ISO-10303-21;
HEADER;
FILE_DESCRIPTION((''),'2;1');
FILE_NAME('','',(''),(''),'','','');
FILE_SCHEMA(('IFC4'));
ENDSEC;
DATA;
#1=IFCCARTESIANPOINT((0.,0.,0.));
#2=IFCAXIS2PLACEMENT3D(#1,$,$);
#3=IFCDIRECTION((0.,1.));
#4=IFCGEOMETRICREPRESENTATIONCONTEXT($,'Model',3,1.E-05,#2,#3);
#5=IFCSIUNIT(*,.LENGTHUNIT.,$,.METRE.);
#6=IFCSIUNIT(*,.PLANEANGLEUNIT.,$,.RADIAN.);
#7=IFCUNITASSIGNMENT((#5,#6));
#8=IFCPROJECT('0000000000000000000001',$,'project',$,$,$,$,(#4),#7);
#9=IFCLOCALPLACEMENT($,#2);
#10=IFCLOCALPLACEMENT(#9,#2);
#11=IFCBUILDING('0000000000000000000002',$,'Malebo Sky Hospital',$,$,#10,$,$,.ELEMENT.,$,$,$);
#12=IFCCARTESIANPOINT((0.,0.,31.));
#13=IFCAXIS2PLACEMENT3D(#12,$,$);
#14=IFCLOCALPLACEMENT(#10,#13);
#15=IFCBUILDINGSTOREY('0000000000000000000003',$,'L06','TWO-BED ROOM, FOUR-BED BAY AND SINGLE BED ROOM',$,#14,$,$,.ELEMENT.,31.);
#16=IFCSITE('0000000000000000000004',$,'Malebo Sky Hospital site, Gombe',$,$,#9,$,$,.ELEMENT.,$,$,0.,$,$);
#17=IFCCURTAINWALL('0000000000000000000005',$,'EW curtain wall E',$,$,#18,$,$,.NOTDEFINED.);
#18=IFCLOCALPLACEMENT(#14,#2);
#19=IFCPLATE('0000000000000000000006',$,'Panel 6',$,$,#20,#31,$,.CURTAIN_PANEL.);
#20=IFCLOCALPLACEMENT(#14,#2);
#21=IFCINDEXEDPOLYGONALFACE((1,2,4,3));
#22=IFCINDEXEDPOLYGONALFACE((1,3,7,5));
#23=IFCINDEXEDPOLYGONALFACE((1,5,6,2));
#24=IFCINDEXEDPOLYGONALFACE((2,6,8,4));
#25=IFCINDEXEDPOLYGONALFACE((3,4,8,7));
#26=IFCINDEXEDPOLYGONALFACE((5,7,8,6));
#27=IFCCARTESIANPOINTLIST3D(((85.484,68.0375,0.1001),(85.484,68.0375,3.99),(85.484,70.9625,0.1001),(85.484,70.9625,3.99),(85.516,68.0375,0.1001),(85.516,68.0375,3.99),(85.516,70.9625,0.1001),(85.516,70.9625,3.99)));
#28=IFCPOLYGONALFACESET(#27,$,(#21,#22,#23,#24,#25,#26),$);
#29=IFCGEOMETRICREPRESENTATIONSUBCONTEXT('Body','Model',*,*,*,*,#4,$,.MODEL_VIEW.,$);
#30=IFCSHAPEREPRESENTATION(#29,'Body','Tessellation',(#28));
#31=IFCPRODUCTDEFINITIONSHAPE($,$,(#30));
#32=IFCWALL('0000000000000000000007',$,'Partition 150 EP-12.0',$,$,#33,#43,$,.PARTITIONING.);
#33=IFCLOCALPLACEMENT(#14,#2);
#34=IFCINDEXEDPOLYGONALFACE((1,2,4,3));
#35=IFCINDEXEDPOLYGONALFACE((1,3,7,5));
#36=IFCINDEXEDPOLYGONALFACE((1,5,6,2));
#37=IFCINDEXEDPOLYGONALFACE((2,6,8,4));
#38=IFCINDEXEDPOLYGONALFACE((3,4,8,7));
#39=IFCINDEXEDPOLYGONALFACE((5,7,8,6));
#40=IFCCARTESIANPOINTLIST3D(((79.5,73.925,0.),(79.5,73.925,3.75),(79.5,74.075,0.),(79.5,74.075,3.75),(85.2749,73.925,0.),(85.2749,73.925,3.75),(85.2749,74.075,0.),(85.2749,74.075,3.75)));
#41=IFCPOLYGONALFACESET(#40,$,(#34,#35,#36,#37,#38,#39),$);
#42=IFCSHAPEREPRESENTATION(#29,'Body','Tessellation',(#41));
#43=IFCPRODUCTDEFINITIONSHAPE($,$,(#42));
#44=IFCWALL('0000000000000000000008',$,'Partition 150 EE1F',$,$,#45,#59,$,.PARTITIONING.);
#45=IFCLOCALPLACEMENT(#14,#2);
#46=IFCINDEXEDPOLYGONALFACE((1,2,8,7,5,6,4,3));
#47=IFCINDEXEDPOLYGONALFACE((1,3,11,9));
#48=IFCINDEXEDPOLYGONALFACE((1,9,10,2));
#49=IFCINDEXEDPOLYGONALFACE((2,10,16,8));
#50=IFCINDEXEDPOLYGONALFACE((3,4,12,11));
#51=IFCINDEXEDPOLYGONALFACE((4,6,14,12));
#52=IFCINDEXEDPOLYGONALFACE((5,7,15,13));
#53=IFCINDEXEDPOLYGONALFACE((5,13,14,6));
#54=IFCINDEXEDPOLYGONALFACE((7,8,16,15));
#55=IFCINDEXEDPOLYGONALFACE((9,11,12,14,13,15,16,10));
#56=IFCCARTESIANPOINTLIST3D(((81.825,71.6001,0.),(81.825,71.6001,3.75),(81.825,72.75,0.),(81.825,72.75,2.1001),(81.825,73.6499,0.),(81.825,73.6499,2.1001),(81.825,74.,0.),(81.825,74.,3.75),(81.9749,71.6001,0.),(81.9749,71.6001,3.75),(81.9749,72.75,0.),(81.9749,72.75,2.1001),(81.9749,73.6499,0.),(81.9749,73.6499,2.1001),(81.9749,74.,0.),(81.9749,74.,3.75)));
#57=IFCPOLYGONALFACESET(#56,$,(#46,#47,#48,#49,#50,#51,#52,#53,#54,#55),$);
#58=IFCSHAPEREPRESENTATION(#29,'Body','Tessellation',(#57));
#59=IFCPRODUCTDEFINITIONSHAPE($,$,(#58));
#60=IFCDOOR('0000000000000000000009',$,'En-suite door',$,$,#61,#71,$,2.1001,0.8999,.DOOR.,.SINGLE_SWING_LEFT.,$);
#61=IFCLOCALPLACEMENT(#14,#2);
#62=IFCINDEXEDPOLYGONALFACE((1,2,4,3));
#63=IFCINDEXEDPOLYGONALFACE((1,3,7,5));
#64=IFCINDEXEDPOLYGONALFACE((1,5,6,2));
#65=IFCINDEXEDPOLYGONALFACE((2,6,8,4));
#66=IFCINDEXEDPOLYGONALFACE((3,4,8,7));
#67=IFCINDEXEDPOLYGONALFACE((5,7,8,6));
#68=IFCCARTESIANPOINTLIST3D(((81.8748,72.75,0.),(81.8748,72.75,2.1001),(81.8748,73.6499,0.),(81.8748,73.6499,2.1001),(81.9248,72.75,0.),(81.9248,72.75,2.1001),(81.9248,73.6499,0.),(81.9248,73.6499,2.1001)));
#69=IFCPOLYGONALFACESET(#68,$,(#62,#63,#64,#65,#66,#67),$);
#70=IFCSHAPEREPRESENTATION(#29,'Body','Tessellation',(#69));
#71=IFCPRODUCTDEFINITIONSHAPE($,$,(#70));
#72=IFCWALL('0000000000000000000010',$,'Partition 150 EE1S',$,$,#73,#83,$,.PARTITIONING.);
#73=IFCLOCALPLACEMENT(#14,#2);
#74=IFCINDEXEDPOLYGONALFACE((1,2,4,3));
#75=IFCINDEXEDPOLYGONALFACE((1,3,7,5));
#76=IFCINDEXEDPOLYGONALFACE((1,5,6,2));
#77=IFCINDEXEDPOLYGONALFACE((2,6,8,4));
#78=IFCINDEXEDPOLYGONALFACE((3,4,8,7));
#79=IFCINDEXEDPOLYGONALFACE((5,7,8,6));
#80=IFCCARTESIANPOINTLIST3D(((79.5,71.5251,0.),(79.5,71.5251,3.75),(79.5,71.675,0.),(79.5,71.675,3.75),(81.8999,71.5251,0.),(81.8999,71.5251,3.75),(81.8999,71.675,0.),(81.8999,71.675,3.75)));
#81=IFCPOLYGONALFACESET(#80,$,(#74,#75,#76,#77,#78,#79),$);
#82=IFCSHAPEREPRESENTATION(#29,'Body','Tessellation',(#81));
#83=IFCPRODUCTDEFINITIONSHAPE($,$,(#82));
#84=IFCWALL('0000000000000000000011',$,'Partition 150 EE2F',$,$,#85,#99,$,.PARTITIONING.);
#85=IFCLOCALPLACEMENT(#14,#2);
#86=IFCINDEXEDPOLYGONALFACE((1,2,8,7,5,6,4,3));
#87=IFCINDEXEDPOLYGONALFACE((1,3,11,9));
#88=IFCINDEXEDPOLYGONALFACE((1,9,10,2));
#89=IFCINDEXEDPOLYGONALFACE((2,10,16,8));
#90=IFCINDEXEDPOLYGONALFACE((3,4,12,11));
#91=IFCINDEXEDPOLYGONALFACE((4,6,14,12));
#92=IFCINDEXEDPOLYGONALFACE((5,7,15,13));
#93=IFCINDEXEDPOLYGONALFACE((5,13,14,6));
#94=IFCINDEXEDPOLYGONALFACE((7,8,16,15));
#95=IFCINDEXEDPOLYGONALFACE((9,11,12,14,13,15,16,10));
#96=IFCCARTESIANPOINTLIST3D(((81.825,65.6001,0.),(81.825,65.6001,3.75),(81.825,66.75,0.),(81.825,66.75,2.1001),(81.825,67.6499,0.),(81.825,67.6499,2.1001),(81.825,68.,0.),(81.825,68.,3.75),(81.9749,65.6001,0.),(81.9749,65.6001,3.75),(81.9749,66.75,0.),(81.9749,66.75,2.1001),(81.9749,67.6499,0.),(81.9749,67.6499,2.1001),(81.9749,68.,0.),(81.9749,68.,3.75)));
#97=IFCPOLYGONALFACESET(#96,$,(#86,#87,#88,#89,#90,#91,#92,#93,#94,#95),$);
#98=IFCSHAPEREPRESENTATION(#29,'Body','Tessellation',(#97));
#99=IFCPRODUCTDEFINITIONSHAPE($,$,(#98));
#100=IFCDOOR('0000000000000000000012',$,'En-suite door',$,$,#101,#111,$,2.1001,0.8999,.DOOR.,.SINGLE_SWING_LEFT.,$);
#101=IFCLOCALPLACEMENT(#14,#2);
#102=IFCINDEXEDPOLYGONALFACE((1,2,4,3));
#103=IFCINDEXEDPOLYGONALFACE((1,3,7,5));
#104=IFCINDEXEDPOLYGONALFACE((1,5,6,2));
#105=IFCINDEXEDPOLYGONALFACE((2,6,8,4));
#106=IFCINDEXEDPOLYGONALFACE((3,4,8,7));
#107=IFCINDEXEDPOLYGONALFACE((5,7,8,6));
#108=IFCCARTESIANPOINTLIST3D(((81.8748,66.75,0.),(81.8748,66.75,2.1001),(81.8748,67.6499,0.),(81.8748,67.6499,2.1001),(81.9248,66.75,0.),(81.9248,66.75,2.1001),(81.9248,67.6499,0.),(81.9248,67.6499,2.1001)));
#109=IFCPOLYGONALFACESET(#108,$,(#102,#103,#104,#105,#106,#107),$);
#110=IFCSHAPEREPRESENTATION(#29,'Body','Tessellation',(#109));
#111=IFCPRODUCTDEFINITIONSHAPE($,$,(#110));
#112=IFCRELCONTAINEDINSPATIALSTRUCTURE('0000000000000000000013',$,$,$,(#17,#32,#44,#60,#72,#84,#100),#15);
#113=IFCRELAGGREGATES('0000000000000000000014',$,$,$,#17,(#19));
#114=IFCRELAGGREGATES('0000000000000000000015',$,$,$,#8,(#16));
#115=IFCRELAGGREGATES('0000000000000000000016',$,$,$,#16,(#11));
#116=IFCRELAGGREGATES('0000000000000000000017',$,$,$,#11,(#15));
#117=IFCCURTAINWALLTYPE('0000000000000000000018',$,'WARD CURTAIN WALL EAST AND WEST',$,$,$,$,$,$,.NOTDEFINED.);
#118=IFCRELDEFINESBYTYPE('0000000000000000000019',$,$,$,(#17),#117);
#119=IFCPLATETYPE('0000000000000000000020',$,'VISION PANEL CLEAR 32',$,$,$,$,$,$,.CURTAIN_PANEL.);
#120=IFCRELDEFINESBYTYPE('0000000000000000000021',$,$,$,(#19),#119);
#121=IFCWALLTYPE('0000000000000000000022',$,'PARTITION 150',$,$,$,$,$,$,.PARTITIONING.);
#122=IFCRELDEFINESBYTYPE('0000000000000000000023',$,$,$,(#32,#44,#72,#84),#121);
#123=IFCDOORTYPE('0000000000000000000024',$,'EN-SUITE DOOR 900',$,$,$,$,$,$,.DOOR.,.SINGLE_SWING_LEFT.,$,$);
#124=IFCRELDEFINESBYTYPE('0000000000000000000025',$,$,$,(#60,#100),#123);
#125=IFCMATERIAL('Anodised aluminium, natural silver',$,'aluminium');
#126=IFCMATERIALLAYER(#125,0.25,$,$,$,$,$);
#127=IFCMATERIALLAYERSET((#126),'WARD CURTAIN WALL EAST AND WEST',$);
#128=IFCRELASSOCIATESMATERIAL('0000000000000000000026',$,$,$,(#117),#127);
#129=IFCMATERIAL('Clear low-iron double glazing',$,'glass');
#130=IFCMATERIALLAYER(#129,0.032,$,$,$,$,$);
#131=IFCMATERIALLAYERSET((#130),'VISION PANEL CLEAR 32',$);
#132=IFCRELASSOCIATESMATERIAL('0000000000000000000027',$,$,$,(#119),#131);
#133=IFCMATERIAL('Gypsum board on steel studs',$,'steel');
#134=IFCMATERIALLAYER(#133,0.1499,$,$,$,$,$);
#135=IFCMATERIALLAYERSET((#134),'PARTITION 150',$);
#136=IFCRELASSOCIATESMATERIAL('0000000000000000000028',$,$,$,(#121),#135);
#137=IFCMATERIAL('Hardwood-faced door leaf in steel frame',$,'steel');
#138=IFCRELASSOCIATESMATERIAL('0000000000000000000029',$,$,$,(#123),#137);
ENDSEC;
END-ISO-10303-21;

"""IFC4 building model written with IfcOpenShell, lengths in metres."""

from ifc_helpers import new_model, si_unit, direction, frame, frame_2d, origin, origin_2d, place, context, subcontext, project, spatial, rectangle, extrude, material, layer, layer_set, type_object, element, fill, aggregate, save


model = new_model("IFC4")

# Units and contexts
model_context = context("Model", 3, precision=1e-05, world=origin(), true_north=direction((0.0, 1.0)))
body_context = subcontext(model_context, "Body", "Model", "MODEL_VIEW")
ifc_project = project(units=[si_unit("LENGTHUNIT", "METRE"), si_unit("PLANEANGLEUNIT", "RADIAN")], contexts=[model_context])

# Site, building, storey
site_placement = place(None, origin())
site = spatial("IfcSite", under=ifc_project, at=site_placement, Name="Malebo Sky Hospital site, Gombe", CompositionType="ELEMENT", RefElevation=0.0)
building_placement = place(site_placement, origin())
building = spatial("IfcBuilding", under=site, at=building_placement, Name="Malebo Sky Hospital", CompositionType="ELEMENT")
storey_placement = place(building_placement, frame((0.0, 0.0, 31.0)))
storey = spatial("IfcBuildingStorey", under=building, at=storey_placement, Name="L06", Description="TWO-BED ROOM, FOUR-BED BAY AND SINGLE BED ROOM", CompositionType="ELEMENT", Elevation=31.0)

# Curtain wall
ifc_material_1 = material(Name="Anodised aluminium, natural silver", Category="aluminium")
ifc_layer_1 = layer(ifc_material_1, 0.25)
ifc_layer_set_1 = layer_set([ifc_layer_1], Name="WARD CURTAIN WALL EAST AND WEST")
curtain_wall_type = type_object("IfcCurtainWallType", Name="WARD CURTAIN WALL EAST AND WEST", PredefinedType="NOTDEFINED", material=ifc_layer_set_1)
curtain_wall_placement = place(storey_placement, origin())
curtain_wall = element("IfcCurtainWall", 1, at=curtain_wall_placement, inside=storey, type_object=curtain_wall_type, Name="EW curtain wall E", PredefinedType="NOTDEFINED")

# Plate
ifc_material_2 = material(Name="Clear low-iron double glazing", Category="glass")
ifc_layer_2 = layer(ifc_material_2, 0.032)
ifc_layer_set_2 = layer_set([ifc_layer_2], Name="VISION PANEL CLEAR 32")
plate_type = type_object("IfcPlateType", Name="VISION PANEL CLEAR 32", PredefinedType="CURTAIN_PANEL", material=ifc_layer_set_2)
plate_1_placement = place(storey_placement, frame((85.5, 69.5, 0.1001), z_axis=(0.0, 0.0, 1.0), x_axis=(0.0, -1.0, 0.0)))
plate_1 = element("IfcPlate", 2, at=plate_1_placement, type_object=plate_type, Name="Panel 6", PredefinedType="CURTAIN_PANEL", context=body_context, shape_type="SweptSolid", body=[
    extrude(rectangle(XDim=2.925, YDim=0.032, at=origin_2d()), origin(), (0.0, 0.0, 1.0), 3.8899),
])
aggregate(curtain_wall, [plate_1])

# Wall
ifc_material_3 = material(Name="Gypsum board on steel studs", Category="steel")
ifc_layer_3 = layer(ifc_material_3, 0.1499)
ifc_layer_set_3 = layer_set([ifc_layer_3], Name="PARTITION 150")
wall_type = type_object("IfcWallType", Name="PARTITION 150", PredefinedType="PARTITIONING", material=ifc_layer_set_3)
wall_1_placement = place(storey_placement, frame((79.5, 74.0, 0.0), z_axis=(0.0, 0.0, 1.0), x_axis=(1.0, 0.0, 0.0)))
element("IfcWall", 3, at=wall_1_placement, inside=storey, type_object=wall_type, Name="Partition 150 EP-12.0", PredefinedType="PARTITIONING", context=body_context, shape_type="SweptSolid", body=[
    extrude(rectangle(XDim=5.7749, YDim=0.1499, at=frame_2d((2.8875, 0.0))), origin(), (0.0, 0.0, 1.0), 3.75),
])

# Wall, opening, door
wall_2_placement = place(storey_placement, frame((81.8999, 74.0, 0.0), z_axis=(0.0, 0.0, 1.0), x_axis=(0.0, -1.0, 0.0)))
wall_2 = element("IfcWall", 4, at=wall_2_placement, inside=storey, type_object=wall_type, Name="Partition 150 EE1F", PredefinedType="PARTITIONING", context=body_context, shape_type="SweptSolid", body=[
    extrude(rectangle(XDim=2.3999, YDim=0.1499, at=frame_2d((1.2, 0.0))), origin(), (0.0, 0.0, 1.0), 3.75),
])
opening_1_placement = place(wall_2_placement, frame((0.3501, 0.0, 0.0)))
opening_1 = element("IfcOpeningElement", 5, at=opening_1_placement, cuts=wall_2, PredefinedType="OPENING", context=body_context, shape_type="SweptSolid", body=[
    extrude(rectangle(XDim=0.8999, YDim=2.1001, at=frame_2d((0.45, 1.05))), frame((0.0, 0.085, 0.0), z_axis=(0.0, -1.0, 0.0), x_axis=(1.0, 0.0, 0.0)), (0.0, 0.0, 1.0), 0.1699),
])
ifc_material_4 = material(Name="Hardwood-faced door leaf in steel frame", Category="steel")
door_type = type_object("IfcDoorType", Name="EN-SUITE DOOR 900", OperationType="SINGLE_SWING_LEFT", PredefinedType="DOOR", material=ifc_material_4)
door_1_placement = place(opening_1_placement, origin())
door_1 = element("IfcDoor", 6, at=door_1_placement, inside=storey, type_object=door_type, Name="En-suite door", OperationType="SINGLE_SWING_LEFT", OverallHeight=2.1001, OverallWidth=0.8999, PredefinedType="DOOR", context=body_context, shape_type="SweptSolid", body=[
    extrude(rectangle(XDim=0.8999, YDim=2.1001, at=frame_2d((0.45, 1.05))), frame((0.0, 0.0249, 0.0), z_axis=(0.0, -1.0, 0.0), x_axis=(1.0, 0.0, 0.0)), (0.0, 0.0, 1.0), 0.05),
])
fill(opening_1, door_1)

# Wall
wall_3_placement = place(storey_placement, frame((79.5, 71.6001, 0.0), z_axis=(0.0, 0.0, 1.0), x_axis=(1.0, 0.0, 0.0)))
element("IfcWall", 7, at=wall_3_placement, inside=storey, type_object=wall_type, Name="Partition 150 EE1S", PredefinedType="PARTITIONING", context=body_context, shape_type="SweptSolid", body=[
    extrude(rectangle(XDim=2.3999, YDim=0.1499, at=frame_2d((1.2, 0.0))), origin(), (0.0, 0.0, 1.0), 3.75),
])

# Wall, opening, door
wall_4_placement = place(storey_placement, frame((81.8999, 68.0, 0.0), z_axis=(0.0, 0.0, 1.0), x_axis=(0.0, -1.0, 0.0)))
wall_4 = element("IfcWall", 8, at=wall_4_placement, inside=storey, type_object=wall_type, Name="Partition 150 EE2F", PredefinedType="PARTITIONING", context=body_context, shape_type="SweptSolid", body=[
    extrude(rectangle(XDim=2.3999, YDim=0.1499, at=frame_2d((1.2, 0.0))), origin(), (0.0, 0.0, 1.0), 3.75),
])
opening_2_placement = place(wall_4_placement, frame((0.3501, 0.0, 0.0)))
opening_2 = element("IfcOpeningElement", 9, at=opening_2_placement, cuts=wall_4, PredefinedType="OPENING", context=body_context, shape_type="SweptSolid", body=[
    extrude(rectangle(XDim=0.8999, YDim=2.1001, at=frame_2d((0.45, 1.05))), frame((0.0, 0.085, 0.0), z_axis=(0.0, -1.0, 0.0), x_axis=(1.0, 0.0, 0.0)), (0.0, 0.0, 1.0), 0.1699),
])
door_2_placement = place(opening_2_placement, origin())
door_2 = element("IfcDoor", 10, at=door_2_placement, inside=storey, type_object=door_type, Name="En-suite door", OperationType="SINGLE_SWING_LEFT", OverallHeight=2.1001, OverallWidth=0.8999, PredefinedType="DOOR", context=body_context, shape_type="SweptSolid", body=[
    extrude(rectangle(XDim=0.8999, YDim=2.1001, at=frame_2d((0.45, 1.05))), frame((0.0, 0.0249, 0.0), z_axis=(0.0, -1.0, 0.0), x_axis=(1.0, 0.0, 0.0)), (0.0, 0.0, 1.0), 0.05),
])
fill(opening_2, door_2)

save(model, "model.ifc")
